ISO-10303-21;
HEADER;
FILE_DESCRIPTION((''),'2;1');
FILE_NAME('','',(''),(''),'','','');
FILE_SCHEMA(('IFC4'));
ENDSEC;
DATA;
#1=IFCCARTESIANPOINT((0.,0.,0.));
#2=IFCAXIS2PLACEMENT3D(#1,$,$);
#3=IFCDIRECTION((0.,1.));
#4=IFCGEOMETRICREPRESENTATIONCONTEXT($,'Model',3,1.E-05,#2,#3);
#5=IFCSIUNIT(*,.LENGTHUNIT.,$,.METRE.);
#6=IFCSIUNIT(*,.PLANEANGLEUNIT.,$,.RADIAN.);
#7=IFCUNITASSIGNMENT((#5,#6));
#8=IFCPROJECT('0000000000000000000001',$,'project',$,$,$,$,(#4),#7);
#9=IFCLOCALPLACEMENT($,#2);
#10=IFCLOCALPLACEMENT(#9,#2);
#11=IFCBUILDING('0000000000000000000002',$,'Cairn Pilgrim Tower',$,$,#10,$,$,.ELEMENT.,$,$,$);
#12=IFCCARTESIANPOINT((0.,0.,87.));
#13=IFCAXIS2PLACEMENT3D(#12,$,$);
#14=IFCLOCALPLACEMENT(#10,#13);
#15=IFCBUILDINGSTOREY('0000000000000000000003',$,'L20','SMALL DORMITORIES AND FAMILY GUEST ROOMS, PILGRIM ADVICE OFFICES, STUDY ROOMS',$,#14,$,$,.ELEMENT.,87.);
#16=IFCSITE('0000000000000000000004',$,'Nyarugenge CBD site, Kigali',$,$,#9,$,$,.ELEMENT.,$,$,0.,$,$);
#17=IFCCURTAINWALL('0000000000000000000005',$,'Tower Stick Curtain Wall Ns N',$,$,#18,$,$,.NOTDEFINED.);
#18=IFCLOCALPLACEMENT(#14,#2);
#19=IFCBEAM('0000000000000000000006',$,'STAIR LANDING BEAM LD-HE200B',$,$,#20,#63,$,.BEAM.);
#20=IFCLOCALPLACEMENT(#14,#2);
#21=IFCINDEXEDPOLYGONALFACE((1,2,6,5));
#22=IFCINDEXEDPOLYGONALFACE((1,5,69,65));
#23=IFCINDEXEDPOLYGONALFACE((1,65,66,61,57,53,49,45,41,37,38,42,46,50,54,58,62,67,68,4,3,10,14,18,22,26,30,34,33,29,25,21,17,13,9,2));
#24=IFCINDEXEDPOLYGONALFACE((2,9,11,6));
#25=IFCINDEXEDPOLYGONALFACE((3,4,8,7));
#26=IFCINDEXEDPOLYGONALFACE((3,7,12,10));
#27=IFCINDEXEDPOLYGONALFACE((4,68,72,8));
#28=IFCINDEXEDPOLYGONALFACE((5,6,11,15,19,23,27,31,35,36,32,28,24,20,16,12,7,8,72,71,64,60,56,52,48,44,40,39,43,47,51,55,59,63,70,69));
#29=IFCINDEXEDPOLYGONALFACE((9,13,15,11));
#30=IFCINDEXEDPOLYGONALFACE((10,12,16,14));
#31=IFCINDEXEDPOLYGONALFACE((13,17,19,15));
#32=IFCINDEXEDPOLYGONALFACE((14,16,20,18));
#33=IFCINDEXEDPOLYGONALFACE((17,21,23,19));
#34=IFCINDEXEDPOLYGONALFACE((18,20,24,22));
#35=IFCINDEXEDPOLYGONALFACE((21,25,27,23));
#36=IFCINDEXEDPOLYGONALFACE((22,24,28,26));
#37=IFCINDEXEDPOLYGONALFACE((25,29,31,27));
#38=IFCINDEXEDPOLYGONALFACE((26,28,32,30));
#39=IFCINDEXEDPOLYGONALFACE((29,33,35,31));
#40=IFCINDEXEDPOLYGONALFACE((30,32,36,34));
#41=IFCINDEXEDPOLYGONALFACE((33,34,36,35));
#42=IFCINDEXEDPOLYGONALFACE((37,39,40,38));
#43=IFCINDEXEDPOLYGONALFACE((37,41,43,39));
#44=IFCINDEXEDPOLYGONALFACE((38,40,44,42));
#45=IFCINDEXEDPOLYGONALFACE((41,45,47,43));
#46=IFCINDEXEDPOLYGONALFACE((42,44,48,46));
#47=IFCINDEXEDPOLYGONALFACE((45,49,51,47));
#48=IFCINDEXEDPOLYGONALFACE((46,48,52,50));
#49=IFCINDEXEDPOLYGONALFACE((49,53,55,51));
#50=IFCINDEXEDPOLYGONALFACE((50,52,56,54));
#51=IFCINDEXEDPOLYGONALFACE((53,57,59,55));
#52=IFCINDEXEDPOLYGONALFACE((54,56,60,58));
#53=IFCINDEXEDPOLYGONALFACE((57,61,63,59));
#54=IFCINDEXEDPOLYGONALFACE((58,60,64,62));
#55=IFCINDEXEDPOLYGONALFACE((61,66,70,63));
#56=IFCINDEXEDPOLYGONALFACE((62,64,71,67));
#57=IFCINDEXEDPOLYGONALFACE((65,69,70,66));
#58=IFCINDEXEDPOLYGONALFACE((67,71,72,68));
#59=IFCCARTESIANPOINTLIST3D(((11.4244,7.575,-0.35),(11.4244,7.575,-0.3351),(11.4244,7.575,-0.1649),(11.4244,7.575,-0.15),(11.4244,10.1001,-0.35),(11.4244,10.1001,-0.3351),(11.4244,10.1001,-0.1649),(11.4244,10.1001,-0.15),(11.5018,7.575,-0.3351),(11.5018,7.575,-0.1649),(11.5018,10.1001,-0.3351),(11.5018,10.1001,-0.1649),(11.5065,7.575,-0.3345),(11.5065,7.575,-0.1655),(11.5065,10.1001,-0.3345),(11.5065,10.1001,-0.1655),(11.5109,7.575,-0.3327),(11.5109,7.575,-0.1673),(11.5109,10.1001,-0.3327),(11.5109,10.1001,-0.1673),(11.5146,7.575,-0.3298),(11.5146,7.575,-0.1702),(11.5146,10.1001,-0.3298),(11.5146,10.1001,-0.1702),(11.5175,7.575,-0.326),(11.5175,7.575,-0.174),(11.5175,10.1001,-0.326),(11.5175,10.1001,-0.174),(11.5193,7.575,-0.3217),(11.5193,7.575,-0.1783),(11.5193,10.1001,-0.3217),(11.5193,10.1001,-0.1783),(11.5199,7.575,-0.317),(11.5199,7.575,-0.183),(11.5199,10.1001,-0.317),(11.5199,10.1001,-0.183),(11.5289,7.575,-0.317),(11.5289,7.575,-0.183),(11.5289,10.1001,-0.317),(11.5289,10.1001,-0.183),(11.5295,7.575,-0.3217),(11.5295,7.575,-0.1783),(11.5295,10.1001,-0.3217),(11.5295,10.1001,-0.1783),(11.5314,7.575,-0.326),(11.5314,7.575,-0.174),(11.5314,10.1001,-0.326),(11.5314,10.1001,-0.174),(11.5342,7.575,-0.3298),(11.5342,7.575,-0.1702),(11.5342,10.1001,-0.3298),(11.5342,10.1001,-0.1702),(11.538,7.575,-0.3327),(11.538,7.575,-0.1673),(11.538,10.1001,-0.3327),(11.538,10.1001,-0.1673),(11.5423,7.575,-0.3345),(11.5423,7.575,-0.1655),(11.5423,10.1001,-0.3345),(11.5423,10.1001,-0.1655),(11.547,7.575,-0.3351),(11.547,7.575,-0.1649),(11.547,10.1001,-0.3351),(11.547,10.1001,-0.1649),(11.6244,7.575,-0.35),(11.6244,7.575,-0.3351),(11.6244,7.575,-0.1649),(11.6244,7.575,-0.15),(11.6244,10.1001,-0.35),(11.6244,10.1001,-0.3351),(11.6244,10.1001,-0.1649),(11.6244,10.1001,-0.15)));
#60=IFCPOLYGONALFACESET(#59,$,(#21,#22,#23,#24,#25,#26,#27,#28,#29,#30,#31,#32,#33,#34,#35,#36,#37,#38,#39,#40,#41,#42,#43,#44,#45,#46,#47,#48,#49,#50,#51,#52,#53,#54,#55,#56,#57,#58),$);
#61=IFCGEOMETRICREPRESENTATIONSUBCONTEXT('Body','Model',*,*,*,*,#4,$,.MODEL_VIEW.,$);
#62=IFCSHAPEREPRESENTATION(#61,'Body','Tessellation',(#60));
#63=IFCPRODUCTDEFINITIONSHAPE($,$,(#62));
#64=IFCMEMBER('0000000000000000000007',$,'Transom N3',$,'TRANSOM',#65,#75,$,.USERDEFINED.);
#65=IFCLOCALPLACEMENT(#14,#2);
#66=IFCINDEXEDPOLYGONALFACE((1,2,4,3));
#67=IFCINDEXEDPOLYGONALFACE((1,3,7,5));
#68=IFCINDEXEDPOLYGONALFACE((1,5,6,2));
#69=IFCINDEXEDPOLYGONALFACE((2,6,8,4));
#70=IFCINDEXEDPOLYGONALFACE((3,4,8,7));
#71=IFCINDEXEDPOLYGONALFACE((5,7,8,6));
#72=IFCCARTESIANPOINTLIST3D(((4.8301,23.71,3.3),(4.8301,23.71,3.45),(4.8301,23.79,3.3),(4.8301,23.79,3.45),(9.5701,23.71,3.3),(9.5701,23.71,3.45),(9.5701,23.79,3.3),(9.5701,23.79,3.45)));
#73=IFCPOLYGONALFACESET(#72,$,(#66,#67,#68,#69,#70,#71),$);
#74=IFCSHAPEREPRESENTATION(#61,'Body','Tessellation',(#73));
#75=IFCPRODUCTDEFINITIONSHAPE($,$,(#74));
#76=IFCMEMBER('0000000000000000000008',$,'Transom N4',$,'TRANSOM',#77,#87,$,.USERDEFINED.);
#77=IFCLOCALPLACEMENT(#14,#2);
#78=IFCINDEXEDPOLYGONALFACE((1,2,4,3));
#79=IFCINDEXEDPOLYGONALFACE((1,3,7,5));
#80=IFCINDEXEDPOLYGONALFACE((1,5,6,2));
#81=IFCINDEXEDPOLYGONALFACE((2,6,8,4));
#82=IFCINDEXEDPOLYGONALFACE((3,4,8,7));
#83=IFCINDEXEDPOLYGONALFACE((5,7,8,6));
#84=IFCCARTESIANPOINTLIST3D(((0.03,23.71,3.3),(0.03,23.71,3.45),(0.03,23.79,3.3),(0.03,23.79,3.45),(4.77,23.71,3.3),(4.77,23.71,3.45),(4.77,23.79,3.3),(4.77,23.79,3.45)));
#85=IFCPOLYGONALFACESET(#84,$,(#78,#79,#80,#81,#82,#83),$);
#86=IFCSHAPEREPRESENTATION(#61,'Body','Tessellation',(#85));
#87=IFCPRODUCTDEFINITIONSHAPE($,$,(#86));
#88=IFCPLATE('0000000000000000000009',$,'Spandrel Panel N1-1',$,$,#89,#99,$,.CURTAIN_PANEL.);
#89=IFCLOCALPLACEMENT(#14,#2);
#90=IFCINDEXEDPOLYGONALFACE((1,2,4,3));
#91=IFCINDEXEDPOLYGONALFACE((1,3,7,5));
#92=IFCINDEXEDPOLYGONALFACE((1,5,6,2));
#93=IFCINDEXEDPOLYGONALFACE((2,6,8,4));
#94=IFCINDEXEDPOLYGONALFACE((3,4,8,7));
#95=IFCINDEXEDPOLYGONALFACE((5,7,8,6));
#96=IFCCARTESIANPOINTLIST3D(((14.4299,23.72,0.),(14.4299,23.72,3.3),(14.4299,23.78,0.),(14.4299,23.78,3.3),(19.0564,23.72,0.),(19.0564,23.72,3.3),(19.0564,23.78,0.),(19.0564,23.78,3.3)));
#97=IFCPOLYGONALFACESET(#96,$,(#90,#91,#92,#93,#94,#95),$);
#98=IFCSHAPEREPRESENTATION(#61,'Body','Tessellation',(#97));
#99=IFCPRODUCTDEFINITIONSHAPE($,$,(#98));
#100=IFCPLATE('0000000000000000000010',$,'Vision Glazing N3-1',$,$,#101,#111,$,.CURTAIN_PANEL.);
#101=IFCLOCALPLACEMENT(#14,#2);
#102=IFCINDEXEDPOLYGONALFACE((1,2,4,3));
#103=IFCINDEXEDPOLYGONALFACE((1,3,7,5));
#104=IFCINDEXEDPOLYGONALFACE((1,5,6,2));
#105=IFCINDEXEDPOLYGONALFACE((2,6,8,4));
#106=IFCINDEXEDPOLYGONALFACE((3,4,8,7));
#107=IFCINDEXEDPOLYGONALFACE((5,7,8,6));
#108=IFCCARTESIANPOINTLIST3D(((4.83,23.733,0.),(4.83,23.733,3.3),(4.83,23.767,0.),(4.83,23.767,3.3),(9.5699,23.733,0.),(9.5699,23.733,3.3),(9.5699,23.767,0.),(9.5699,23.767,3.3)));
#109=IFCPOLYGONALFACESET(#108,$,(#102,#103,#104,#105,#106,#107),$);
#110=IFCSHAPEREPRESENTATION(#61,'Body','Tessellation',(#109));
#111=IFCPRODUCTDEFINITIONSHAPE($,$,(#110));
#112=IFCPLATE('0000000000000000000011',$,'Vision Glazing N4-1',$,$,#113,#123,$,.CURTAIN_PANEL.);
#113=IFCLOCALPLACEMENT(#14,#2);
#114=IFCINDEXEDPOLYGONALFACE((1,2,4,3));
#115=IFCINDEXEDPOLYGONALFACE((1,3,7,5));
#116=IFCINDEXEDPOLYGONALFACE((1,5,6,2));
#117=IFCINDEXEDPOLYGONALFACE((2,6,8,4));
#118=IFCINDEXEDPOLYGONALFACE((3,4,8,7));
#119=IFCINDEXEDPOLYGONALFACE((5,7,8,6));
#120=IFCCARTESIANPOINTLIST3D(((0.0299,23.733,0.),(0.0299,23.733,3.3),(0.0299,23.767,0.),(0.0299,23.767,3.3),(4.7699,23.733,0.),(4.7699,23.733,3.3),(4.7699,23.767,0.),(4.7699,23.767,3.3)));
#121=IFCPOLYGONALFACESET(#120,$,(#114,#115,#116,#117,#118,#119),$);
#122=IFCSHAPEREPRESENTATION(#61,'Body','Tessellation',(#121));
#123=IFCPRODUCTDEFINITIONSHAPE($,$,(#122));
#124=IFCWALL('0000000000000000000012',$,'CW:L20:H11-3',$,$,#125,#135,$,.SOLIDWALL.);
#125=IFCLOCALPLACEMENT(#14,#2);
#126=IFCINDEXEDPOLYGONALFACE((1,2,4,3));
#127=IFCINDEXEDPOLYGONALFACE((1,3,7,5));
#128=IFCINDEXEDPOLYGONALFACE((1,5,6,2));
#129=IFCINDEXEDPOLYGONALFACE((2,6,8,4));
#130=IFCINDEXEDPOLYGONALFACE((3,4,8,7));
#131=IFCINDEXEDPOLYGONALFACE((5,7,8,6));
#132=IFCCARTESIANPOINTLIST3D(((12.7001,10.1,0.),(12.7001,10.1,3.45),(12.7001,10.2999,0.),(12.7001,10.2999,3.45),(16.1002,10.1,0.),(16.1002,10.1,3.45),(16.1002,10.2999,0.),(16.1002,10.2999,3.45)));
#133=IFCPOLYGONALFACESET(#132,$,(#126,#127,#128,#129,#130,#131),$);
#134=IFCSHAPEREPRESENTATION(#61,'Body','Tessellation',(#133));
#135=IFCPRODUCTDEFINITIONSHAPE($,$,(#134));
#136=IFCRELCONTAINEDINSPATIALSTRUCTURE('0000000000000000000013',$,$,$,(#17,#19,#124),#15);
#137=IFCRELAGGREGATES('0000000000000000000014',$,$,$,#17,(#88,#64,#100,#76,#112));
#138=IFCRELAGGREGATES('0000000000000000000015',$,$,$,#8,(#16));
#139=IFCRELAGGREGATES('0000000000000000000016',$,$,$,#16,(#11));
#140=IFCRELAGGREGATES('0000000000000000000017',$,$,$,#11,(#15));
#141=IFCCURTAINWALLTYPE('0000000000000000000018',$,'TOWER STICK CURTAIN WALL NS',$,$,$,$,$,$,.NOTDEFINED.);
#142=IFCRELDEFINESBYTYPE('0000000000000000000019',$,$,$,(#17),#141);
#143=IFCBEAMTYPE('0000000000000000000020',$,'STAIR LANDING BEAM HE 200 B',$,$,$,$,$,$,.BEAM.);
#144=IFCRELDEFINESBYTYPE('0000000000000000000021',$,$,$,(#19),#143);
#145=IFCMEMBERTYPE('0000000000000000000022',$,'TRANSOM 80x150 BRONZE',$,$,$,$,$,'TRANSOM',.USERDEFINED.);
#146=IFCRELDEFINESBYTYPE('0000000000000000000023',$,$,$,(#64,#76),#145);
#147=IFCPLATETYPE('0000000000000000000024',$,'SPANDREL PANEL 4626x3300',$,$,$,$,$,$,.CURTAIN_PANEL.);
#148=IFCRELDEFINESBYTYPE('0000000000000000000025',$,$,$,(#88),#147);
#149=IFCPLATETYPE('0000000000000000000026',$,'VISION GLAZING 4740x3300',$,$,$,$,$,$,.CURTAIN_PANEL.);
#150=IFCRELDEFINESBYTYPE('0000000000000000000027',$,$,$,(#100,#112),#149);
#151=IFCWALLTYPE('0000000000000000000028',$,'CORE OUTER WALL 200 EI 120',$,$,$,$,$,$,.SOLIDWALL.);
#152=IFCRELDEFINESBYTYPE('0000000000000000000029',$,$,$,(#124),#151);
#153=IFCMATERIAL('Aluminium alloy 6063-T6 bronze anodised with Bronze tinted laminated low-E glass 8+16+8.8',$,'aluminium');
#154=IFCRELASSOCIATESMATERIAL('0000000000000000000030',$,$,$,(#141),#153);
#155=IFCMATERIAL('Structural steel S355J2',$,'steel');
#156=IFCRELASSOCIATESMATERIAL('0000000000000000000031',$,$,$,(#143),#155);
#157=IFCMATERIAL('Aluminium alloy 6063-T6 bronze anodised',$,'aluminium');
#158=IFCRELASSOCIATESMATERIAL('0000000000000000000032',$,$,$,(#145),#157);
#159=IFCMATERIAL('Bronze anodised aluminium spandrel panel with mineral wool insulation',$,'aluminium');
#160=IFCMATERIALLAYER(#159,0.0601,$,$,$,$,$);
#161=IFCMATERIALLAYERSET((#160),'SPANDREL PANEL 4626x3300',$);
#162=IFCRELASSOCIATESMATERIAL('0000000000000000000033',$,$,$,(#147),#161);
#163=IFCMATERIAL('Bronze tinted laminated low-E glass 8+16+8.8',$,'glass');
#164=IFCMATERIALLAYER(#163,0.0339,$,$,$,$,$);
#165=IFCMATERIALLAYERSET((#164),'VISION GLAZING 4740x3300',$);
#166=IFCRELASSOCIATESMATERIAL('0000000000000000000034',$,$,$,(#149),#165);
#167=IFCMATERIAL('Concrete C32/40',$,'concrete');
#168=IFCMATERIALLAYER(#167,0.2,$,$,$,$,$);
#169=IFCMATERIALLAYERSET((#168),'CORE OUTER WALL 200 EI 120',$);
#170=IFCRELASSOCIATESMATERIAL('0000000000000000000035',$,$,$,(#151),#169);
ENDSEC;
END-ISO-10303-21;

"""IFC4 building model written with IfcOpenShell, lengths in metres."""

from ifc_helpers import new_model, si_unit, direction, frame, frame_2d, origin, origin_2d, place, context, subcontext, project, spatial, rectangle, i_section, extrude, material, layer, layer_set, material_profile, profile_set, type_object, element, aggregate, save


model = new_model("IFC4")

# Units and contexts
model_context = context("Model", 3, precision=1e-05, world=origin(), true_north=direction((0.0, 1.0)))
body_context = subcontext(model_context, "Body", "Model", "MODEL_VIEW")
ifc_project = project(units=[si_unit("LENGTHUNIT", "METRE"), si_unit("PLANEANGLEUNIT", "RADIAN")], contexts=[model_context])

# Site, building, storey
site_placement = place(None, origin())
site = spatial("IfcSite", under=ifc_project, at=site_placement, Name="Nyarugenge CBD site, Kigali", CompositionType="ELEMENT", RefElevation=0.0)
building_placement = place(site_placement, origin())
building = spatial("IfcBuilding", under=site, at=building_placement, Name="Cairn Pilgrim Tower", CompositionType="ELEMENT")
storey_placement = place(building_placement, frame((0.0, 0.0, 87.0)))
storey = spatial("IfcBuildingStorey", under=building, at=storey_placement, Name="L20", Description="SMALL DORMITORIES AND FAMILY GUEST ROOMS, PILGRIM ADVICE OFFICES, STUDY ROOMS", CompositionType="ELEMENT", Elevation=87.0)

# Curtain wall
ifc_material_1 = material(Name="Aluminium alloy 6063-T6 bronze anodised with Bronze tinted laminated low-E glass 8+16+8.8", Category="aluminium")
curtain_wall_type = type_object("IfcCurtainWallType", Name="TOWER STICK CURTAIN WALL NS", PredefinedType="NOTDEFINED", material=ifc_material_1)
curtain_wall_placement = place(storey_placement, origin())
curtain_wall = element("IfcCurtainWall", 1, at=curtain_wall_placement, inside=storey, type_object=curtain_wall_type, Name="Tower Stick Curtain Wall Ns N", PredefinedType="NOTDEFINED")
ifc_material_2 = material(Name="Aluminium alloy 6063-T6 bronze anodised", Category="aluminium")

# Beam
ifc_material_3 = material(Name="Structural steel S355J2", Category="steel")
ifc_material_profile_1 = material_profile(ifc_material_3, i_section(OverallWidth=0.2, OverallDepth=0.2, WebThickness=0.009, FlangeThickness=0.0149, FilletRadius=0.0181, at=origin_2d()), Name="HE 200 B")
ifc_profile_set_1 = profile_set([ifc_material_profile_1], Name="Structural steel S355J2")
beam_type_1 = type_object("IfcBeamType", Name="STAIR LANDING BEAM HE 200 B", PredefinedType="BEAM", material=ifc_profile_set_1)
beam_1_placement = place(storey_placement, frame((11.5244, 10.1001, -0.25), z_axis=(0.0, -1.0, 0.0), x_axis=(1.0, 0.0, 0.0)))
element("IfcBeam", 2, at=beam_1_placement, inside=storey, type_object=beam_type_1, Name="STAIR LANDING BEAM LD-HE200B", PredefinedType="BEAM", context=body_context, shape_type="SweptSolid", body=[
    extrude(i_section(OverallWidth=0.2, OverallDepth=0.2, WebThickness=0.009, FlangeThickness=0.0149, FilletRadius=0.0181, at=origin_2d()), origin(), (0.0, 0.0, 1.0), 2.5251),
])

# Members
ifc_material_profile_2 = material_profile(ifc_material_2, rectangle(XDim=0.0801, YDim=0.1499, at=origin_2d()), Name="TRANSOM 80x150 BRONZE")
ifc_profile_set_2 = profile_set([ifc_material_profile_2], Name="Aluminium alloy 6063-T6 bronze anodised")
member_type_1 = type_object("IfcMemberType", Name="TRANSOM 80x150 BRONZE", ElementType="TRANSOM", PredefinedType="USERDEFINED", material=ifc_profile_set_2)
member_1_placement = place(storey_placement, frame((9.5701, 23.75, 3.375), z_axis=(-1.0, 0.0, 0.0), x_axis=(0.0, -1.0, 0.0)))
member_1 = element("IfcMember", 3, at=member_1_placement, type_object=member_type_1, Name="Transom N3", ObjectType="TRANSOM", PredefinedType="USERDEFINED", context=body_context, shape_type="SweptSolid", body=[
    extrude(rectangle(XDim=0.0801, YDim=0.1499, at=origin_2d()), origin(), (0.0, 0.0, 1.0), 4.74),
])
member_2_placement = place(storey_placement, frame((4.77, 23.75, 3.375), z_axis=(-1.0, 0.0, 0.0), x_axis=(0.0, -1.0, 0.0)))
member_2 = element("IfcMember", 4, at=member_2_placement, type_object=member_type_1, Name="Transom N4", ObjectType="TRANSOM", PredefinedType="USERDEFINED", context=body_context, shape_type="SweptSolid", body=[
    extrude(rectangle(XDim=0.0801, YDim=0.1499, at=origin_2d()), origin(), (0.0, 0.0, 1.0), 4.74),
])

# Plates
ifc_material_4 = material(Name="Bronze anodised aluminium spandrel panel with mineral wool insulation", Category="aluminium")
ifc_layer_1 = layer(ifc_material_4, 0.0601)
ifc_layer_set_1 = layer_set([ifc_layer_1], Name="SPANDREL PANEL 4626x3300")
plate_type_1 = type_object("IfcPlateType", Name="SPANDREL PANEL 4626x3300", PredefinedType="CURTAIN_PANEL", material=ifc_layer_set_1)
plate_1_placement = place(storey_placement, frame((16.7432, 23.75, 0.0), z_axis=(0.0, 0.0, 1.0), x_axis=(-1.0, 0.0, 0.0)))
plate_1 = element("IfcPlate", 5, at=plate_1_placement, type_object=plate_type_1, Name="Spandrel Panel N1-1", PredefinedType="CURTAIN_PANEL", context=body_context, shape_type="SweptSolid", body=[
    extrude(rectangle(XDim=4.6265, YDim=0.0601, at=origin_2d()), origin(), (0.0, 0.0, 1.0), 3.3),
])
ifc_material_5 = material(Name="Bronze tinted laminated low-E glass 8+16+8.8", Category="glass")
ifc_layer_2 = layer(ifc_material_5, 0.0339)
ifc_layer_set_2 = layer_set([ifc_layer_2], Name="VISION GLAZING 4740x3300")
plate_type_2 = type_object("IfcPlateType", Name="VISION GLAZING 4740x3300", PredefinedType="CURTAIN_PANEL", material=ifc_layer_set_2)
plate_2_placement = place(storey_placement, frame((7.2, 23.75, 0.0), z_axis=(0.0, 0.0, 1.0), x_axis=(-1.0, 0.0, 0.0)))
plate_2 = element("IfcPlate", 6, at=plate_2_placement, type_object=plate_type_2, Name="Vision Glazing N3-1", PredefinedType="CURTAIN_PANEL", context=body_context, shape_type="SweptSolid", body=[
    extrude(rectangle(XDim=4.74, YDim=0.0339, at=origin_2d()), origin(), (0.0, 0.0, 1.0), 3.3),
])
plate_3_placement = place(storey_placement, frame((2.3999, 23.75, 0.0), z_axis=(0.0, 0.0, 1.0), x_axis=(-1.0, 0.0, 0.0)))
plate_3 = element("IfcPlate", 7, at=plate_3_placement, type_object=plate_type_2, Name="Vision Glazing N4-1", PredefinedType="CURTAIN_PANEL", context=body_context, shape_type="SweptSolid", body=[
    extrude(rectangle(XDim=4.74, YDim=0.0339, at=origin_2d()), origin(), (0.0, 0.0, 1.0), 3.3),
])
aggregate(curtain_wall, [plate_1, member_1, plate_2, member_2, plate_3])

# Wall
ifc_material_6 = material(Name="Concrete C32/40", Category="concrete")
ifc_layer_3 = layer(ifc_material_6, 0.2)
ifc_layer_set_3 = layer_set([ifc_layer_3], Name="CORE OUTER WALL 200 EI 120")
wall_type_1 = type_object("IfcWallType", Name="CORE OUTER WALL 200 EI 120", PredefinedType="SOLIDWALL", material=ifc_layer_set_3)
wall_1_placement = place(storey_placement, frame((12.7, 10.2, 0.0), z_axis=(0.0, 0.0, 1.0), x_axis=(1.0, 0.0, 0.0)))
element("IfcWall", 8, at=wall_1_placement, inside=storey, type_object=wall_type_1, Name="CW:L20:H11-3", PredefinedType="SOLIDWALL", context=body_context, shape_type="SweptSolid", body=[
    extrude(rectangle(XDim=3.4001, YDim=0.2, at=frame_2d((1.7002, 0.0))), origin(), (0.0, 0.0, 1.0), 3.45),
])

save(model, "model.ifc")
